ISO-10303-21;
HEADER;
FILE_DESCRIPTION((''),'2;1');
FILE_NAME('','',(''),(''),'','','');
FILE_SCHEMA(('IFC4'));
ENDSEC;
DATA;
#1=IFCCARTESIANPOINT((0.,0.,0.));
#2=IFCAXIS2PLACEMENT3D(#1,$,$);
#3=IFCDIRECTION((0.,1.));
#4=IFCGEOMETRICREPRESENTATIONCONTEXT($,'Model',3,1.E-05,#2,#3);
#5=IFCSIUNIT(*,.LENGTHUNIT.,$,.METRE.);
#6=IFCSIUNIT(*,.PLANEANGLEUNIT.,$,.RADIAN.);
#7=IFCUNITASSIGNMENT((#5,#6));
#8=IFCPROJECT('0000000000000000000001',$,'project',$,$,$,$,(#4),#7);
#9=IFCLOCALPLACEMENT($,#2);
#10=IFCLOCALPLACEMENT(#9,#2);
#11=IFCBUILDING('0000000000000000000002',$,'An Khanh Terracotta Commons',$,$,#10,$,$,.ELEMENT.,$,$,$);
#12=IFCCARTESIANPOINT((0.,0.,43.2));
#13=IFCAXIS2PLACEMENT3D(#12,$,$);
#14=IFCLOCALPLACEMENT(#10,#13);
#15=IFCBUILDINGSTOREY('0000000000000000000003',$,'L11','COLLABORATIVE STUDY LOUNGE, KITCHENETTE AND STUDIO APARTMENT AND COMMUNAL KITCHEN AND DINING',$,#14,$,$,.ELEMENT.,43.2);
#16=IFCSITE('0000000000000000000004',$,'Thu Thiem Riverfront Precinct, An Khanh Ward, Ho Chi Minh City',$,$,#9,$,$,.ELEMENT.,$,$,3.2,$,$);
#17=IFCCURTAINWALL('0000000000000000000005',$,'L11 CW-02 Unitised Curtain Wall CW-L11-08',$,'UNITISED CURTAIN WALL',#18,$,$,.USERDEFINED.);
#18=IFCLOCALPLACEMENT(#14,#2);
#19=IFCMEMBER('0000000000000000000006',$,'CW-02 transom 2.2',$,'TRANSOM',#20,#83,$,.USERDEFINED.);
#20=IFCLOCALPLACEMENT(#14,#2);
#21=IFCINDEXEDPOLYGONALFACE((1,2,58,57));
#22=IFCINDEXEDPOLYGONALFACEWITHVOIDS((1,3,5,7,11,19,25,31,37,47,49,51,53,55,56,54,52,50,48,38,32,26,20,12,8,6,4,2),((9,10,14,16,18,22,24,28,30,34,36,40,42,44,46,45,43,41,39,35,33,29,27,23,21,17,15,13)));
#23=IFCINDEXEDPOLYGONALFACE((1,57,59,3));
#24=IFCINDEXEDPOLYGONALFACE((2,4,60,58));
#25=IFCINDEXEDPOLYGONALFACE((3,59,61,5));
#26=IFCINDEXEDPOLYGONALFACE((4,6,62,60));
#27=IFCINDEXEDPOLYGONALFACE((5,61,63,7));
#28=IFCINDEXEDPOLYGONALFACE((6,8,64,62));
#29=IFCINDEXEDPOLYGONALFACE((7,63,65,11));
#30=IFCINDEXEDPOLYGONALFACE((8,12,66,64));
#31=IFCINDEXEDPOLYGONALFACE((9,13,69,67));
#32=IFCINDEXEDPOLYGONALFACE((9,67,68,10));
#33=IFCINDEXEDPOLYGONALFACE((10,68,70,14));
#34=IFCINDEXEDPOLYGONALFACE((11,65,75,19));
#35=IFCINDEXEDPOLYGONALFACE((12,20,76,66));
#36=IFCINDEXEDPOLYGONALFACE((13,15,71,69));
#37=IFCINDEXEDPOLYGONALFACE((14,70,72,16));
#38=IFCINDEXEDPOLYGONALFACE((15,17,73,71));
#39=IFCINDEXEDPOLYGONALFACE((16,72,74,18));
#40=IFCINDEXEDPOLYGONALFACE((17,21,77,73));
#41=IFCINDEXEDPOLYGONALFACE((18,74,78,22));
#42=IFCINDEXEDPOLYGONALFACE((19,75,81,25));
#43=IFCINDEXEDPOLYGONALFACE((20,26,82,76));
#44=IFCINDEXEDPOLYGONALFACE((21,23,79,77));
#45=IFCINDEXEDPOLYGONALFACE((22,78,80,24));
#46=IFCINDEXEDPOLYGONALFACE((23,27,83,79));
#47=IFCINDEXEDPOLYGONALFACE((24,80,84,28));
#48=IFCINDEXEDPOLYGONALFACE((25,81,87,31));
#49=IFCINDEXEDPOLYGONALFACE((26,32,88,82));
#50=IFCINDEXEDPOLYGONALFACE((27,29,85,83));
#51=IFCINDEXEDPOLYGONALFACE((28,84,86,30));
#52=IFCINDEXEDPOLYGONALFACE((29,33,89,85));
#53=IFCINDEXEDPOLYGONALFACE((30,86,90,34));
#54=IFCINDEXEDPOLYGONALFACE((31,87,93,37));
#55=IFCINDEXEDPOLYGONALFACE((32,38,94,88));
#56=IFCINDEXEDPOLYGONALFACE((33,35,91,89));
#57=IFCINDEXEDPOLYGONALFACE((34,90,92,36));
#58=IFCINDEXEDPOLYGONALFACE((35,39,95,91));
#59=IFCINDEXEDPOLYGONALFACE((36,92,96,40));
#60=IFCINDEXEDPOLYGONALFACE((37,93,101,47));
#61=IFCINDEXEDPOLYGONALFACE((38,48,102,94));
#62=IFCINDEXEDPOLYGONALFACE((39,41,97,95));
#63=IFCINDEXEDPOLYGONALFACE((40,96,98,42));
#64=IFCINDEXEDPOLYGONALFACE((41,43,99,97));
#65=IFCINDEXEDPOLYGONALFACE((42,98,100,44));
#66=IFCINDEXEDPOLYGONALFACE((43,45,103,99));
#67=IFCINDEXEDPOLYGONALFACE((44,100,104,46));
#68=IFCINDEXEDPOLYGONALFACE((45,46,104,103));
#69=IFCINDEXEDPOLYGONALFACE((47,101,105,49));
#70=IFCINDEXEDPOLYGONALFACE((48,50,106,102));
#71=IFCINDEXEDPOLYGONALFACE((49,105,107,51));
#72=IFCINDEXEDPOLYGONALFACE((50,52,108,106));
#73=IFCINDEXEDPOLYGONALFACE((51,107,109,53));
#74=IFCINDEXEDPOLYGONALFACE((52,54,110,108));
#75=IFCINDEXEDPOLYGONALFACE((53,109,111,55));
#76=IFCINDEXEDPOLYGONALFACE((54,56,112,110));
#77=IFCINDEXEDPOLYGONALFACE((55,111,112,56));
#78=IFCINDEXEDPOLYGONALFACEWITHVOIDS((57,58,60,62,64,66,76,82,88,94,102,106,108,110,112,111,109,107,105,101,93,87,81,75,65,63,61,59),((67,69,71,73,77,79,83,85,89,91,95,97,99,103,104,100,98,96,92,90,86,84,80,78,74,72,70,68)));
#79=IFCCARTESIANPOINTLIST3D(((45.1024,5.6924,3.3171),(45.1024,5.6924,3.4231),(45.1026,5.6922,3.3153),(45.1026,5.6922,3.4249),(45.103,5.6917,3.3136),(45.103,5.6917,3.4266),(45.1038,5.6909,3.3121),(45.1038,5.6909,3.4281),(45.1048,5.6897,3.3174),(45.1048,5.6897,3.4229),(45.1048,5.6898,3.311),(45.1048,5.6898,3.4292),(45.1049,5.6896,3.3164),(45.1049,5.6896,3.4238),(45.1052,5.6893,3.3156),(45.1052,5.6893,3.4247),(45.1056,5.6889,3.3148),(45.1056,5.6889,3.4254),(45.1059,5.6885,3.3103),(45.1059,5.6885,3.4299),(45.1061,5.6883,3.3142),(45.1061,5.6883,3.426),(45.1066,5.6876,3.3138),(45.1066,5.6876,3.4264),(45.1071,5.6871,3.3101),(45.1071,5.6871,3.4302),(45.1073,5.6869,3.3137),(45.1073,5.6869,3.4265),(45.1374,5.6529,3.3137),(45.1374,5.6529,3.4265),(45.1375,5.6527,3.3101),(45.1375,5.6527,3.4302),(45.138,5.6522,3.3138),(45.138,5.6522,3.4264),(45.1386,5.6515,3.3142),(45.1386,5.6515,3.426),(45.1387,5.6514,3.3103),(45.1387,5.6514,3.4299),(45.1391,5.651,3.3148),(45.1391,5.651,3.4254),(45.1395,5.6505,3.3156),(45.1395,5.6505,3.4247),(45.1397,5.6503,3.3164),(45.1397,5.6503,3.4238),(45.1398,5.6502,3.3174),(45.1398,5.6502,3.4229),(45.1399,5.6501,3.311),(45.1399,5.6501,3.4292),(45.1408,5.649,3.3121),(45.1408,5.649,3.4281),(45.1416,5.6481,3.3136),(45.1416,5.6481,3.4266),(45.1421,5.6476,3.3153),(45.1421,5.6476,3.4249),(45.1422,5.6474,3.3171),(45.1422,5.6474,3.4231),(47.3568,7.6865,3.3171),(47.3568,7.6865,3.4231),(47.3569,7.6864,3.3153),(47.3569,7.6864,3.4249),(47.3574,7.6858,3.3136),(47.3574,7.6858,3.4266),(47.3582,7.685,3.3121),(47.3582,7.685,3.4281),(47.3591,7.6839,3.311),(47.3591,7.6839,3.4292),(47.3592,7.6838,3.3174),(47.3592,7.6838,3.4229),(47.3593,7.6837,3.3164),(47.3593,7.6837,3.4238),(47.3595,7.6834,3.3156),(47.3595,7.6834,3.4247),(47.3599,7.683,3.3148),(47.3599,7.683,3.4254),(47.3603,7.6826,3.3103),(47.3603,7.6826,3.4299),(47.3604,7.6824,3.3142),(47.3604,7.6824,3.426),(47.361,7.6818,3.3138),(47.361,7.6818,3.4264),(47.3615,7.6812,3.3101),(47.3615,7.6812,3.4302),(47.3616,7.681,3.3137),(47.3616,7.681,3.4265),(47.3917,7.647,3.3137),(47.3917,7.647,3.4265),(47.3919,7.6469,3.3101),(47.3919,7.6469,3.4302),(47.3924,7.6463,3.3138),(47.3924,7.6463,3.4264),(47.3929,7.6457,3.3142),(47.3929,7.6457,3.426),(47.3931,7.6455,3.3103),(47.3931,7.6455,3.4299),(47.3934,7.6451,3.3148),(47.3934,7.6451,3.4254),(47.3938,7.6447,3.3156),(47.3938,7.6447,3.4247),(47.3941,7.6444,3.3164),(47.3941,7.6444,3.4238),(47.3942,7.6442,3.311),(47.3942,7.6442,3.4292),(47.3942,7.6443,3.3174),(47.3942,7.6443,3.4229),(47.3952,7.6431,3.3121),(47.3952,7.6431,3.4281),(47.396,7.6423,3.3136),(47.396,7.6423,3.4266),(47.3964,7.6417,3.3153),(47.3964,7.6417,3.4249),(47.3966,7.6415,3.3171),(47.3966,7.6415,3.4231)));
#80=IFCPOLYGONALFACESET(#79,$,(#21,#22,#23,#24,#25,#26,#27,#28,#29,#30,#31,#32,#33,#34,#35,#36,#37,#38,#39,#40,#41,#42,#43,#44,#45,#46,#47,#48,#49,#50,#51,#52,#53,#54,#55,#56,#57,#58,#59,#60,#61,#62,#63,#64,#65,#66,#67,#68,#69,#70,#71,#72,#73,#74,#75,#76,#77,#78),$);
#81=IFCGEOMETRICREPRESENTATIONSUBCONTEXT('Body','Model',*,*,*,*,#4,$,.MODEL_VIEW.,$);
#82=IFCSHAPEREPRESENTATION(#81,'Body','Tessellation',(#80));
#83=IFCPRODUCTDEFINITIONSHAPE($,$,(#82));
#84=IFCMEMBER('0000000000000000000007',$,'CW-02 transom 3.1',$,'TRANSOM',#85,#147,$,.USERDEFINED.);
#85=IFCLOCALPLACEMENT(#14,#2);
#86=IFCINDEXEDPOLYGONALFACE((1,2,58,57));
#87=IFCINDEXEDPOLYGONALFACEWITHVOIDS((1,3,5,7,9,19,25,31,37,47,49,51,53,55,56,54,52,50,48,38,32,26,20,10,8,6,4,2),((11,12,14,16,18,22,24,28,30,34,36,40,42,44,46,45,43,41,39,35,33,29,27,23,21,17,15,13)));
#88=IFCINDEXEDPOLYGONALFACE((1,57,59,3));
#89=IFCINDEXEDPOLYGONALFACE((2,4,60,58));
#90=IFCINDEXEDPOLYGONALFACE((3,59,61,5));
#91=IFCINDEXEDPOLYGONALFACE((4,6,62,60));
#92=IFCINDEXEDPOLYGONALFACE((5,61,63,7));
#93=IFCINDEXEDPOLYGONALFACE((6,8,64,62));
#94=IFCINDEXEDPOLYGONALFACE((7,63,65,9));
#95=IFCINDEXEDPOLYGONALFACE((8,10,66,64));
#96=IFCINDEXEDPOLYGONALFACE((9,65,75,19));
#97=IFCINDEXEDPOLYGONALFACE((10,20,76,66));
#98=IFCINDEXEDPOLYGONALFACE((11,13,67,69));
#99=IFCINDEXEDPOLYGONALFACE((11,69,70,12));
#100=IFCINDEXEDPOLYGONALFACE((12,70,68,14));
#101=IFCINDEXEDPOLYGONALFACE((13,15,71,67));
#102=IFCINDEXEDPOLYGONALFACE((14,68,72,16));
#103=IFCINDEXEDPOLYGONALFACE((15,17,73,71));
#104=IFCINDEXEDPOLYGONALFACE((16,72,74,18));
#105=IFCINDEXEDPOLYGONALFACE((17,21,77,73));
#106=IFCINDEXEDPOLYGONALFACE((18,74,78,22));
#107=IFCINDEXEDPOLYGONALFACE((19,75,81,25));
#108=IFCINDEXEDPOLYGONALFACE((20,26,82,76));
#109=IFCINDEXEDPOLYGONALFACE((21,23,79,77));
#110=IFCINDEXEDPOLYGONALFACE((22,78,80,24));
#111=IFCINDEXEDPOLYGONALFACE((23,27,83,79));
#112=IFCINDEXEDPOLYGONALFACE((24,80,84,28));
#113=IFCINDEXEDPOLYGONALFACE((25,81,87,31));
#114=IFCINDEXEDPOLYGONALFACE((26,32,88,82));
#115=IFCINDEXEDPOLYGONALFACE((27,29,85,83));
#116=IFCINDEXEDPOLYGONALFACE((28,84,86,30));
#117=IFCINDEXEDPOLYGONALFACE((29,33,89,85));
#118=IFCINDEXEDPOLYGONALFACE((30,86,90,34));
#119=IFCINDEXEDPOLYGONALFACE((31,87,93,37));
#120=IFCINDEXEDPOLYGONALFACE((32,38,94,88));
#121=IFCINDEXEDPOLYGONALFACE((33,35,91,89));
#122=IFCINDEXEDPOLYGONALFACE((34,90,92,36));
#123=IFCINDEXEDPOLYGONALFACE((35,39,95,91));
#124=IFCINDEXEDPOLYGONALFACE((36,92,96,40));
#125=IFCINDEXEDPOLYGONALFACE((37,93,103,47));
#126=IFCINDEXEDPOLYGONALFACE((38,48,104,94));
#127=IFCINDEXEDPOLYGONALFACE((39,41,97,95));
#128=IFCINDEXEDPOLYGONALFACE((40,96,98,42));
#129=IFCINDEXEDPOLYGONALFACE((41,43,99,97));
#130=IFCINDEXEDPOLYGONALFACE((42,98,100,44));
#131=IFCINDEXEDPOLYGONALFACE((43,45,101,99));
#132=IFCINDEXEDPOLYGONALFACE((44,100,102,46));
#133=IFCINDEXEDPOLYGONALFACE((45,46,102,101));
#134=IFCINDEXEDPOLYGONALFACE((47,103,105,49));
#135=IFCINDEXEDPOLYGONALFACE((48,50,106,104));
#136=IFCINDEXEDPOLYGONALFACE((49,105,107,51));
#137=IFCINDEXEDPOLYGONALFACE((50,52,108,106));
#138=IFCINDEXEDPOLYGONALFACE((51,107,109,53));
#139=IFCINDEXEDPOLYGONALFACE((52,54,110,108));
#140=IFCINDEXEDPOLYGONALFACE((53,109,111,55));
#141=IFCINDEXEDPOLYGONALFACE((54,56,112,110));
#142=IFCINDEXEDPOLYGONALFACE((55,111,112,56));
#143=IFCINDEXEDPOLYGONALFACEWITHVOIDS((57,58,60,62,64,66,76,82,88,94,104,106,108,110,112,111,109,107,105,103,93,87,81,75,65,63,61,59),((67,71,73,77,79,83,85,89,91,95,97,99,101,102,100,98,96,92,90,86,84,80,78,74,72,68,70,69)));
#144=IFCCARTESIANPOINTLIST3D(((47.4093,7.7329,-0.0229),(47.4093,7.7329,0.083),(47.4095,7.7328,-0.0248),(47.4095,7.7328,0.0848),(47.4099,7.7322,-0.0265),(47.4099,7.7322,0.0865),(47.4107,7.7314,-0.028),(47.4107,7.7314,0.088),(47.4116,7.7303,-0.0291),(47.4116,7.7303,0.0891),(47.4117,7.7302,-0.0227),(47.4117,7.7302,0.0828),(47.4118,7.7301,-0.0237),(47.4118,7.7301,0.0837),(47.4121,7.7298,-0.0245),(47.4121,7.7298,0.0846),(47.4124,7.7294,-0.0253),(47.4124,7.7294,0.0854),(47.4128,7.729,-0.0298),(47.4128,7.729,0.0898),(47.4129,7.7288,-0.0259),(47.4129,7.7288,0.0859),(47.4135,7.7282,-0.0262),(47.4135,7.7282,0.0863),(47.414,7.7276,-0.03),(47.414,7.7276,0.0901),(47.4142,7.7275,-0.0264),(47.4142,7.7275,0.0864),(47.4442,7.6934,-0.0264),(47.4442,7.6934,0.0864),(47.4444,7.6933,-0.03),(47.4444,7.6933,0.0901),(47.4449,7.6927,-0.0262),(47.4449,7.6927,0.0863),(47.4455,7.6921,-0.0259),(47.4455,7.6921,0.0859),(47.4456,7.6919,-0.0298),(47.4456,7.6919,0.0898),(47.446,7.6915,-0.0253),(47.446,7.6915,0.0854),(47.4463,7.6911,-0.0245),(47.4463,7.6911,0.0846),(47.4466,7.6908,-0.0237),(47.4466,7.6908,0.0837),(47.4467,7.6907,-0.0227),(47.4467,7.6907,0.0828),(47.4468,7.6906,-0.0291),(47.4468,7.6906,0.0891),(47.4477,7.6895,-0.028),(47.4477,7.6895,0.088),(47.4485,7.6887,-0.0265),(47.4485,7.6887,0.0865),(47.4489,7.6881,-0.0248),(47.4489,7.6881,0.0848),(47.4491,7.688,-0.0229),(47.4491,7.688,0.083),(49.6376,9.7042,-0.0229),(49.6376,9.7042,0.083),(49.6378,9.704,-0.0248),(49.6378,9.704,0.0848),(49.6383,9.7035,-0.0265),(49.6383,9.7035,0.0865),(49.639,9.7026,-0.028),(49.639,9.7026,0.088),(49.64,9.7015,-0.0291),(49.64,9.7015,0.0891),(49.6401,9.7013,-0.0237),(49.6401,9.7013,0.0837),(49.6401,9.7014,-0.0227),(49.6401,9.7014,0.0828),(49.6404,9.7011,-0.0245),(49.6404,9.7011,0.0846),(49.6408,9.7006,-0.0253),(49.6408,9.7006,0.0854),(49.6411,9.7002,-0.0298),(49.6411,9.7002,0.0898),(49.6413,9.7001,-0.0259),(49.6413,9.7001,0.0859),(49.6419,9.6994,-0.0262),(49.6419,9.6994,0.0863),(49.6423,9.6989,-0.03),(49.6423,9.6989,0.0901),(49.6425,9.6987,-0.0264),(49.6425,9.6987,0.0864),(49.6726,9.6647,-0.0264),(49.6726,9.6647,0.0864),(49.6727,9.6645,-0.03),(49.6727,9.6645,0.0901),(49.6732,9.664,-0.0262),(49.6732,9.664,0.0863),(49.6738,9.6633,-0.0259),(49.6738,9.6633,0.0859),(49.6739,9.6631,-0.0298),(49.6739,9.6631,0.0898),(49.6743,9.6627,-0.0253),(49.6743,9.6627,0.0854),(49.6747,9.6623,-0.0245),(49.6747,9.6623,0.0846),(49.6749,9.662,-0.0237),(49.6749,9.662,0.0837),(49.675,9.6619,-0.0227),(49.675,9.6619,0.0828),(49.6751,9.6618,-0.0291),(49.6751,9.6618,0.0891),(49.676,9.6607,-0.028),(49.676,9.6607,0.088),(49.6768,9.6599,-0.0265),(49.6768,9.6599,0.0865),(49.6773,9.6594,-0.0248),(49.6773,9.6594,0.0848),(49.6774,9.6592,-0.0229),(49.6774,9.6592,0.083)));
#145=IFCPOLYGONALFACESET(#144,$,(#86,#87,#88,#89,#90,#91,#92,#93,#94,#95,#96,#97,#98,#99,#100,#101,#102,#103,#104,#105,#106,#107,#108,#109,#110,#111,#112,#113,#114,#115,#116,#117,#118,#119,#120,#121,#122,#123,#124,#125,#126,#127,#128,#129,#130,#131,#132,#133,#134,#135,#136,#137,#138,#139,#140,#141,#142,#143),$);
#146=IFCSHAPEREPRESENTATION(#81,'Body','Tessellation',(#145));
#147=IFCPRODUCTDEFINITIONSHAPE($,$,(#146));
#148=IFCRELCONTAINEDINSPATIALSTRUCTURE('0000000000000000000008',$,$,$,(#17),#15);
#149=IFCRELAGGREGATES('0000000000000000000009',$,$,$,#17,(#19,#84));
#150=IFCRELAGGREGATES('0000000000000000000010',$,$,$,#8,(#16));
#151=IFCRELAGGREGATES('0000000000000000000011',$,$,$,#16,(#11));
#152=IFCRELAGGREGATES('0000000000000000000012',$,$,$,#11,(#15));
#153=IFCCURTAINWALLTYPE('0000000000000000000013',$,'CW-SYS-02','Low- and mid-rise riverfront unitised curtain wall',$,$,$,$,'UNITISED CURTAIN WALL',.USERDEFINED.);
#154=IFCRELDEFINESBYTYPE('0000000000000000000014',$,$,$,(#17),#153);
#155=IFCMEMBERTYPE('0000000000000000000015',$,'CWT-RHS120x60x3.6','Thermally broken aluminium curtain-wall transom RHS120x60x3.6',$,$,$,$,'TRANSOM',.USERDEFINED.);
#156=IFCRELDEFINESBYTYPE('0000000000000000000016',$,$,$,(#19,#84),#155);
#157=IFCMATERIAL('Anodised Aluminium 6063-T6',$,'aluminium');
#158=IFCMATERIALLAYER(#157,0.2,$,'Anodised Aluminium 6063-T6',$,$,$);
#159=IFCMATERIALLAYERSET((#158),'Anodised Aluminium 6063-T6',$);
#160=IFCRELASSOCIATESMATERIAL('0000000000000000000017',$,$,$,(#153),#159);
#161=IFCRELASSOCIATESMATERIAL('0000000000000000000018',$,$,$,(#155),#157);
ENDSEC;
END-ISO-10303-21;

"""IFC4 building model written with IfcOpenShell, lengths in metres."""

from ifc_helpers import new_model, si_unit, direction, frame, origin, origin_2d, place, context, subcontext, project, spatial, hollow_rectangle, extrude, material, layer, layer_set, material_profile, profile_set, type_object, element, aggregate, save


model = new_model("IFC4")

# Units and contexts
model_context = context("Model", 3, precision=1e-05, world=origin(), true_north=direction((0.0, 1.0)))
body_context = subcontext(model_context, "Body", "Model", "MODEL_VIEW")
ifc_project = project(units=[si_unit("LENGTHUNIT", "METRE"), si_unit("PLANEANGLEUNIT", "RADIAN")], contexts=[model_context])

# Site, building, storey
site_placement = place(None, origin())
site = spatial("IfcSite", under=ifc_project, at=site_placement, Name="Thu Thiem Riverfront Precinct, An Khanh Ward, Ho Chi Minh City", CompositionType="ELEMENT", RefElevation=3.2)
building_placement = place(site_placement, origin())
building = spatial("IfcBuilding", under=site, at=building_placement, Name="An Khanh Terracotta Commons", CompositionType="ELEMENT")
storey_placement = place(building_placement, frame((0.0, 0.0, 43.2)))
storey = spatial("IfcBuildingStorey", under=building, at=storey_placement, Name="L11", Description="COLLABORATIVE STUDY LOUNGE, KITCHENETTE AND STUDIO APARTMENT AND COMMUNAL KITCHEN AND DINING", CompositionType="ELEMENT", Elevation=43.2)

# Curtain wall
ifc_material_1 = material(Name="Anodised Aluminium 6063-T6", Category="aluminium")
ifc_layer_1 = layer(ifc_material_1, 0.2, Name="Anodised Aluminium 6063-T6")
ifc_layer_set_1 = layer_set([ifc_layer_1], Name="Anodised Aluminium 6063-T6")
curtain_wall_type = type_object("IfcCurtainWallType", Name="CW-SYS-02", Description="Low- and mid-rise riverfront unitised curtain wall", ElementType="UNITISED CURTAIN WALL", PredefinedType="USERDEFINED", material=ifc_layer_set_1)
curtain_wall_1_placement = place(storey_placement, origin())
curtain_wall_1 = element("IfcCurtainWall", 1, at=curtain_wall_1_placement, inside=storey, type_object=curtain_wall_type, Name="L11 CW-02 Unitised Curtain Wall CW-L11-08", ObjectType="UNITISED CURTAIN WALL", PredefinedType="USERDEFINED")

# Members
ifc_material_profile_1 = material_profile(ifc_material_1, hollow_rectangle(XDim=0.0601, YDim=0.1201, WallThickness=0.0037, InnerFilletRadius=0.0037, OuterFilletRadius=0.0071, at=origin_2d()), Name="RHS120x60x3.6")
ifc_profile_set_1 = profile_set([ifc_material_profile_1], Name="Anodised Aluminium 6063-T6")
member_type_1 = type_object("IfcMemberType", Name="CWT-RHS120x60x3.6", Description="Thermally broken aluminium curtain-wall transom RHS120x60x3.6", ElementType="TRANSOM", PredefinedType="USERDEFINED", material=ifc_profile_set_1)
member_1_placement = place(storey_placement, frame((45.1223, 5.6699, 3.3701), z_axis=(0.749018, 0.662549, 0.0), x_axis=(-0.662549, 0.749018, 0.0)))
member_1 = element("IfcMember", 2, at=member_1_placement, type_object=member_type_1, Name="CW-02 transom 2.2", ObjectType="TRANSOM", PredefinedType="USERDEFINED", context=body_context, shape_type="SweptSolid", body=[
    extrude(hollow_rectangle(XDim=0.0601, YDim=0.1201, WallThickness=0.0037, InnerFilletRadius=0.0037, OuterFilletRadius=0.0071, at=origin_2d()), origin(), (0.0, 0.0, 1.0), 3.0098),
])
member_2_placement = place(storey_placement, frame((47.4292, 7.7104, 0.03), z_axis=(0.748992, 0.662579, 0.0), x_axis=(-0.662579, 0.748992, 0.0)))
member_2 = element("IfcMember", 3, at=member_2_placement, type_object=member_type_1, Name="CW-02 transom 3.1", ObjectType="TRANSOM", PredefinedType="USERDEFINED", context=body_context, shape_type="SweptSolid", body=[
    extrude(hollow_rectangle(XDim=0.0601, YDim=0.1201, WallThickness=0.0037, InnerFilletRadius=0.0037, OuterFilletRadius=0.0071, at=origin_2d()), origin(), (0.0, 0.0, 1.0), 2.9751),
])

aggregate(curtain_wall_1, [member_1, member_2])

save(model, "model.ifc")
